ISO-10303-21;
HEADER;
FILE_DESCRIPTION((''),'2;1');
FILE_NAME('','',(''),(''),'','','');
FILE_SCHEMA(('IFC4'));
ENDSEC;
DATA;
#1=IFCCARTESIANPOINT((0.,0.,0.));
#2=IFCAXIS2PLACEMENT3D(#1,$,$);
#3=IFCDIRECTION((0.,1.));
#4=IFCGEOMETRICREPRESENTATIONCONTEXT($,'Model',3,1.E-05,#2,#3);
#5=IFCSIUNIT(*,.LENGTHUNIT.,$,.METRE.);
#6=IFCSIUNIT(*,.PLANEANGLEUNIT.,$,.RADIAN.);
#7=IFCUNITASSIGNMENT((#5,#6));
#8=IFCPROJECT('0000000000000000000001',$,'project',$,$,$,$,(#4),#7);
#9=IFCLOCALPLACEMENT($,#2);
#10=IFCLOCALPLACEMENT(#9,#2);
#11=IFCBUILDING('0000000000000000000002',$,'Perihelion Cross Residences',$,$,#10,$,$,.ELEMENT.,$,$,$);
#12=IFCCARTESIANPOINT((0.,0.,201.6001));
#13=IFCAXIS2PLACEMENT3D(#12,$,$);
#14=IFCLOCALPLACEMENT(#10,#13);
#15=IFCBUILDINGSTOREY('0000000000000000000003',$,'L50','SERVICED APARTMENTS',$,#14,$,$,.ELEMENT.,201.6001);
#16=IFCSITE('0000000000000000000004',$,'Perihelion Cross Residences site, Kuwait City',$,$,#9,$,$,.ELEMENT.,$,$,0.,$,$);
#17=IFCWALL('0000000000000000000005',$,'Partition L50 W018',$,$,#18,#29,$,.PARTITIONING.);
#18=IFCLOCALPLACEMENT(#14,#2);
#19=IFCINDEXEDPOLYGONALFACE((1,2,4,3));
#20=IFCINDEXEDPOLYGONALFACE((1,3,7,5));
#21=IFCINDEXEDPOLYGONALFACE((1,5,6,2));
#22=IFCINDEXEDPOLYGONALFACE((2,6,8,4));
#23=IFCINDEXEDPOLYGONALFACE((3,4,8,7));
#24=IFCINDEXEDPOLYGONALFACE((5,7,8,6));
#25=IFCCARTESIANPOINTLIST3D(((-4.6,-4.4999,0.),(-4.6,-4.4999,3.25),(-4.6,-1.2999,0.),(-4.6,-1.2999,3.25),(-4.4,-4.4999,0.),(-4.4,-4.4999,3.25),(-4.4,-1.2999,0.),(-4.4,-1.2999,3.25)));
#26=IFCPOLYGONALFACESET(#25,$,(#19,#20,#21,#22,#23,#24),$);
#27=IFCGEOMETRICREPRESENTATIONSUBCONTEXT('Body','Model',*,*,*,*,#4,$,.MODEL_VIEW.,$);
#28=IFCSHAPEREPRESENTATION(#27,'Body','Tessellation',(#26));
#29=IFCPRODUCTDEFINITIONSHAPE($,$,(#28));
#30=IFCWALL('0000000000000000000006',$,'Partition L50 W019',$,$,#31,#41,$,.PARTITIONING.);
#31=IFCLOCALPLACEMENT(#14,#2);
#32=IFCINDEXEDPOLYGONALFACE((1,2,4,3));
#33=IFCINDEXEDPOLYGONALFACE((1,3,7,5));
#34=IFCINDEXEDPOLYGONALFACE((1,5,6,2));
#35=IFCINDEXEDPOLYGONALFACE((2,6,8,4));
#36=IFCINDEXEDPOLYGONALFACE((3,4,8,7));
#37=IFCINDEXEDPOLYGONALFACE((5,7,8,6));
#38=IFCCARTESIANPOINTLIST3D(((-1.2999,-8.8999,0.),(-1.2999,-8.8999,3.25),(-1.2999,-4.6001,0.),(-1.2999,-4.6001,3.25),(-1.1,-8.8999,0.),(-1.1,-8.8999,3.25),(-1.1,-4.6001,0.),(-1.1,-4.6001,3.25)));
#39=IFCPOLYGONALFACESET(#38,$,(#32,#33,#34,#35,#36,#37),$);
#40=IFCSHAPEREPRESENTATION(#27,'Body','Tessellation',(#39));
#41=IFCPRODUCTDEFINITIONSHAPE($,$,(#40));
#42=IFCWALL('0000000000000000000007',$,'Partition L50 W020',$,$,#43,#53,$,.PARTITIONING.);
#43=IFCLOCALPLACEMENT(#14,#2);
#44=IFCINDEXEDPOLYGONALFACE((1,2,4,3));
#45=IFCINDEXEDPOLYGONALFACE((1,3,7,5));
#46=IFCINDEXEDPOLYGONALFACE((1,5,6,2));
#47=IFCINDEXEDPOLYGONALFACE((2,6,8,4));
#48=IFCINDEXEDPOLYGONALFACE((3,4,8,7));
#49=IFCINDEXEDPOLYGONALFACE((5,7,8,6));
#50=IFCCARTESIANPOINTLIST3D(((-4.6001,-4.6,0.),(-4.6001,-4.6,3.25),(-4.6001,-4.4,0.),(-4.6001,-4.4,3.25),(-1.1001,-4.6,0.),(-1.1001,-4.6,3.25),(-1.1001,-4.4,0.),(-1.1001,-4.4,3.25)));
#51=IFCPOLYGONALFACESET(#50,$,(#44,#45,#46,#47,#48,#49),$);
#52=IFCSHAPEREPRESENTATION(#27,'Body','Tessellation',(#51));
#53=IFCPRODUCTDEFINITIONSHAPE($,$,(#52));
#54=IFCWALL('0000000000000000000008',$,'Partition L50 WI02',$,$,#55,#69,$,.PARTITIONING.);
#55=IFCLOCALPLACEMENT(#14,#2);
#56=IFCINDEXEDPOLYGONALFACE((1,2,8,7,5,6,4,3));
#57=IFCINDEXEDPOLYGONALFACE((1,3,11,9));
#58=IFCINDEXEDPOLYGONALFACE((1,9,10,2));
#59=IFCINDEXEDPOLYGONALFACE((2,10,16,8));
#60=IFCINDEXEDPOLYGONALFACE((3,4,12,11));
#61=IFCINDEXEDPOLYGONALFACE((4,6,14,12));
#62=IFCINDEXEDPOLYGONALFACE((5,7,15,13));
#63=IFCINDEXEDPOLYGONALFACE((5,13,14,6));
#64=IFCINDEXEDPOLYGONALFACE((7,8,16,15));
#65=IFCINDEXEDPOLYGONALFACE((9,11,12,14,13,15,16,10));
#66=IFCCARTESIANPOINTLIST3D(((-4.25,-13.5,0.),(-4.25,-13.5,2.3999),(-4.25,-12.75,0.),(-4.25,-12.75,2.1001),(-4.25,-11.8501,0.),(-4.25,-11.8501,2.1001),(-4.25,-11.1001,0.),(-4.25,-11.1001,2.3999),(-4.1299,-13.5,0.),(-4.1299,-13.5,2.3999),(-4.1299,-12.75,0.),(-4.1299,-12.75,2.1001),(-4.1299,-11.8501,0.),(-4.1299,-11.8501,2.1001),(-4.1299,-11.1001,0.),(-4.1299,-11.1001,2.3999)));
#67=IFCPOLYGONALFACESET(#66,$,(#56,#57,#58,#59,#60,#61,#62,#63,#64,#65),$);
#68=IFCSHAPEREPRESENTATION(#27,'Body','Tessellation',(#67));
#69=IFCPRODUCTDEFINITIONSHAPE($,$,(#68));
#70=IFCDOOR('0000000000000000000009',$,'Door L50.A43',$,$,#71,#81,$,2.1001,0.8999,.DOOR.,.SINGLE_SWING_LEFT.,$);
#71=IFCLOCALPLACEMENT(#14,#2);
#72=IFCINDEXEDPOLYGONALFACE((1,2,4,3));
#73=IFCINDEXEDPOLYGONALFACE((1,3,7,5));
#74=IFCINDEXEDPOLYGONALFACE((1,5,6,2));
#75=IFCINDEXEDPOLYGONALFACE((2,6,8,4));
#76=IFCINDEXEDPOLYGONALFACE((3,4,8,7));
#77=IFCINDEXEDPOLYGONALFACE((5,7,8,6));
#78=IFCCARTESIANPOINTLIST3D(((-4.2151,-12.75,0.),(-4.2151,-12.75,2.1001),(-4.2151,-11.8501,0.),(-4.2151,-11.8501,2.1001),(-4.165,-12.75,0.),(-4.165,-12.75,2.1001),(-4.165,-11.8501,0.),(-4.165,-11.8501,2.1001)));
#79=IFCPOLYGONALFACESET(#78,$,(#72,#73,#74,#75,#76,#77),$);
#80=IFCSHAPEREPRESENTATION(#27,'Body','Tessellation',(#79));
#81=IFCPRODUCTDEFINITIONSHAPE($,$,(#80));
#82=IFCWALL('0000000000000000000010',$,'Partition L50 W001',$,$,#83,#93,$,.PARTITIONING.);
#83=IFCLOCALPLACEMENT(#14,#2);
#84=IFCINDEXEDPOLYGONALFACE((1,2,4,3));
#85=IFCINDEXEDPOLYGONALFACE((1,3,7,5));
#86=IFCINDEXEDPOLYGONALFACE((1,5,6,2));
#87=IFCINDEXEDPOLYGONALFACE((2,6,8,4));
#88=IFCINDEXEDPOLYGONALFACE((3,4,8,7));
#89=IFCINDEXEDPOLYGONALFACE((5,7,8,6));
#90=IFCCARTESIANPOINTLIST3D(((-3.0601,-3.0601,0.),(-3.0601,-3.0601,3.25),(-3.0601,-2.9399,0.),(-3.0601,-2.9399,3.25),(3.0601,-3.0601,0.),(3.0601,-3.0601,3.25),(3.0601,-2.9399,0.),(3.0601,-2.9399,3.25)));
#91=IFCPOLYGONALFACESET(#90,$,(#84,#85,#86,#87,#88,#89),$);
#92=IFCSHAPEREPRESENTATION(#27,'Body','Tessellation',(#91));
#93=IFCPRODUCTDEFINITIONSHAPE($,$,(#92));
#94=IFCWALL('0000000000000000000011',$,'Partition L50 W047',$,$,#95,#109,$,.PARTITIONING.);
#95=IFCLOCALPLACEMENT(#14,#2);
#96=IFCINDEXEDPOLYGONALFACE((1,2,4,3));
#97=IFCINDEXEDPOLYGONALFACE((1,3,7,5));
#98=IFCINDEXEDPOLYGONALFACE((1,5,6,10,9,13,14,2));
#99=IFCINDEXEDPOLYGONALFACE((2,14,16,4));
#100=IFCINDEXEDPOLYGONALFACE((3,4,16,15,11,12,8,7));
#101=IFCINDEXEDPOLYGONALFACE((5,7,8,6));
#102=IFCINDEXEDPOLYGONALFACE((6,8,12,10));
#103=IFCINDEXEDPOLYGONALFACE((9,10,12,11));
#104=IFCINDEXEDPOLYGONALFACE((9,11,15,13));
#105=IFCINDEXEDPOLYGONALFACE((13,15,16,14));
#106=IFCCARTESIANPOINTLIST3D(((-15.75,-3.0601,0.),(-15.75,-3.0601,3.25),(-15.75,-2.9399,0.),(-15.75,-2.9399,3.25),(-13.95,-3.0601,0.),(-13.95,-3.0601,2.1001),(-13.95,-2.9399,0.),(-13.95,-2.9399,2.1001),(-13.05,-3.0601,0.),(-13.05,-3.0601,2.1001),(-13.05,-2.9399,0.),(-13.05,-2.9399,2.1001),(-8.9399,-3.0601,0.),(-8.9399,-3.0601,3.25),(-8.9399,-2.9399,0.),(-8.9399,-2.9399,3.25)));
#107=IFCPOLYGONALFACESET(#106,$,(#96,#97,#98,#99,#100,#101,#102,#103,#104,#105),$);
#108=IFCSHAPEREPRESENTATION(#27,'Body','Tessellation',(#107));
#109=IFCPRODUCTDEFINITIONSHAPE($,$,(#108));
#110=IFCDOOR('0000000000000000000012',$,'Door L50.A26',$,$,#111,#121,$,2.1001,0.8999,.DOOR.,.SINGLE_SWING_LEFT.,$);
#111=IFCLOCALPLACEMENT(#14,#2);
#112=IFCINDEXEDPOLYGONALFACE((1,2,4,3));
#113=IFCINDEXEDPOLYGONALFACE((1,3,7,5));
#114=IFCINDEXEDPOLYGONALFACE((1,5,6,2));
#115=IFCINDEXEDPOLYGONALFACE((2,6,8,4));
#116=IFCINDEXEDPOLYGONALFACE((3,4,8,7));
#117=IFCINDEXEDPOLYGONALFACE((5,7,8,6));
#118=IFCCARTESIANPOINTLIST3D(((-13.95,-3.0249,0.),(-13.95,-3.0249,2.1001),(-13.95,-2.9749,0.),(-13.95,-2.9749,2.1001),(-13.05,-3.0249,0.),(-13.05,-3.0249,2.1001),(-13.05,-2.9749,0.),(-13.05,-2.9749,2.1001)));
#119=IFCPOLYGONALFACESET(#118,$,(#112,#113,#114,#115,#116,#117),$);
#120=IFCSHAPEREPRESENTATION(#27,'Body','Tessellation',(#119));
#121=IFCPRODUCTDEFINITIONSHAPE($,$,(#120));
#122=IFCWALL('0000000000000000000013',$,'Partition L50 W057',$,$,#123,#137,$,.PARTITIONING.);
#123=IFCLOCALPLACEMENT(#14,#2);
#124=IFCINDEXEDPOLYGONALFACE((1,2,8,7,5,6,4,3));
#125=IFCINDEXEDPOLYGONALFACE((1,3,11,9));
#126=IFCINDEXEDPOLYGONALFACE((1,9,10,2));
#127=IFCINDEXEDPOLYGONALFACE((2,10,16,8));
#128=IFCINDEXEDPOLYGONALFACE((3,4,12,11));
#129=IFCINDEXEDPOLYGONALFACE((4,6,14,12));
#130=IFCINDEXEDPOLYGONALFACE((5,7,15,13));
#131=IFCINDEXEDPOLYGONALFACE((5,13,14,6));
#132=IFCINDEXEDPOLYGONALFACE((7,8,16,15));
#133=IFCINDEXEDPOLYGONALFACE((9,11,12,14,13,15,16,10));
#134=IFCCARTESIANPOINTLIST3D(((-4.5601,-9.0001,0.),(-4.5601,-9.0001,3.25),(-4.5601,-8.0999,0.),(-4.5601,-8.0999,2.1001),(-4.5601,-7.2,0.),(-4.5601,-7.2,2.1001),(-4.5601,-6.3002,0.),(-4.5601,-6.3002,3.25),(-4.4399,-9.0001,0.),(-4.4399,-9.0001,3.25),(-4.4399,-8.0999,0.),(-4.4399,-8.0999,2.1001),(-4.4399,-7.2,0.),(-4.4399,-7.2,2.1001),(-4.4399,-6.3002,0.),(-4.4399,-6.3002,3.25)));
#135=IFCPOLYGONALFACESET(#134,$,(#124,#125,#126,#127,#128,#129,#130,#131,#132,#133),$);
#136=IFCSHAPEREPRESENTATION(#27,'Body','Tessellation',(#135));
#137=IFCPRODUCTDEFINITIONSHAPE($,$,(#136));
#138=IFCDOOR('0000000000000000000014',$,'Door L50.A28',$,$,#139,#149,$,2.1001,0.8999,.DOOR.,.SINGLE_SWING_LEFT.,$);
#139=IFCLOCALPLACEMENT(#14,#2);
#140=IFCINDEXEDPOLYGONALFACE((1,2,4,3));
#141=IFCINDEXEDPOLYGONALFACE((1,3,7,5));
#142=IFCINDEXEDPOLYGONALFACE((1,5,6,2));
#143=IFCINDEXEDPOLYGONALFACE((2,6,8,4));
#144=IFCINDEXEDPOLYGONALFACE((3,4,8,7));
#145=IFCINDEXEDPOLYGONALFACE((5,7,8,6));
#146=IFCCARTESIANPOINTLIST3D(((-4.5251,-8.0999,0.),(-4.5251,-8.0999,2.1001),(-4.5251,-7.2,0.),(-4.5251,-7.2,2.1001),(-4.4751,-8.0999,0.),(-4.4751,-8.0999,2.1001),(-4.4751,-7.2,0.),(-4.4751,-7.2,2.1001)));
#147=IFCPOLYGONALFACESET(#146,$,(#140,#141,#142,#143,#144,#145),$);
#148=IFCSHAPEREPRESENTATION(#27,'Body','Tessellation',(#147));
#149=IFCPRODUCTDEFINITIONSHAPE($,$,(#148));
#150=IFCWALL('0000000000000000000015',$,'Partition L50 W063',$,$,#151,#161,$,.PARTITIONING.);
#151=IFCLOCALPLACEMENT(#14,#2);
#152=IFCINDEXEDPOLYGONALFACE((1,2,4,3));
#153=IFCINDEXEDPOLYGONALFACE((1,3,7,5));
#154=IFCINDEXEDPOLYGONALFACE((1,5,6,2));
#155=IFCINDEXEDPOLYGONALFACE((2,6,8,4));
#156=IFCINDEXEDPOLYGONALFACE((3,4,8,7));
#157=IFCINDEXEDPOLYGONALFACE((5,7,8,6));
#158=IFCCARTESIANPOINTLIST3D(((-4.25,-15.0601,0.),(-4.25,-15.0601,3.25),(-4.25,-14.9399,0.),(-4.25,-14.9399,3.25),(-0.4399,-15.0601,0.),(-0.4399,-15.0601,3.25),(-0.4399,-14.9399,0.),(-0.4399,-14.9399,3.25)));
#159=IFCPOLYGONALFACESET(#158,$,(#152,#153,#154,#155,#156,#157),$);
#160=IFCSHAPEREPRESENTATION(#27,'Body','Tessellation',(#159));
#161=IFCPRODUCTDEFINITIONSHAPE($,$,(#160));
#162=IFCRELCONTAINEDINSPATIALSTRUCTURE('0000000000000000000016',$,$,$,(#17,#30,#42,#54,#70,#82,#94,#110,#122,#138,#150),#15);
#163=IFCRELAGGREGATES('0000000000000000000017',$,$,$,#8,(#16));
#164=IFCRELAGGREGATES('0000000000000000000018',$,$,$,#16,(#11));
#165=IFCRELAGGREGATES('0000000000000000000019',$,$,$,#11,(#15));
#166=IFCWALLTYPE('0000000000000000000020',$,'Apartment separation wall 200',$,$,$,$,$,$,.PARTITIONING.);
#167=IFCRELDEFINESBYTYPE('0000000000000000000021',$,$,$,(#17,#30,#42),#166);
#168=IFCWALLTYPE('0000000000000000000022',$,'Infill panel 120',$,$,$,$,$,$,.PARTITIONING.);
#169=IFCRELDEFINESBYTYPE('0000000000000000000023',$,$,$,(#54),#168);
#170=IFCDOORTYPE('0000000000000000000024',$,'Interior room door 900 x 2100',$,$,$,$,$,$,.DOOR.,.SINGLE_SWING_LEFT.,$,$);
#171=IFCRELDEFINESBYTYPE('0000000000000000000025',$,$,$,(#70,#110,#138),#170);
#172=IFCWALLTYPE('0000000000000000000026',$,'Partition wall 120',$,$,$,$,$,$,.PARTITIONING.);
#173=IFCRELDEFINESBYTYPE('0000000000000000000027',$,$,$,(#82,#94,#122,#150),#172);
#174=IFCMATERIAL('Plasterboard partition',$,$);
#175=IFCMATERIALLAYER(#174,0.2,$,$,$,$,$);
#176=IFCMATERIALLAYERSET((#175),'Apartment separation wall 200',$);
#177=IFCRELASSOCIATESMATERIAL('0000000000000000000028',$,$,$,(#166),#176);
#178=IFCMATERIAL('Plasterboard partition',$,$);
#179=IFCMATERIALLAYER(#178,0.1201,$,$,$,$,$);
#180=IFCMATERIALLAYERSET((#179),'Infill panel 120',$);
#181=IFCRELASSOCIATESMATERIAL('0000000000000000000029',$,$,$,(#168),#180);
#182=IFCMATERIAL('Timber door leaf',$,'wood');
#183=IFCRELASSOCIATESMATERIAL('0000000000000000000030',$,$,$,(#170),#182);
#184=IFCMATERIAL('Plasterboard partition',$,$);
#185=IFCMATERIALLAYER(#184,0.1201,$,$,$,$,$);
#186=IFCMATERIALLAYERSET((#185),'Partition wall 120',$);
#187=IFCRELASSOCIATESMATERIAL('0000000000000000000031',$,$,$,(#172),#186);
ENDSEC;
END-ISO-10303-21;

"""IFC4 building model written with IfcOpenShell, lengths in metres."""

from ifc_helpers import new_model, si_unit, direction, frame, frame_2d, origin, place, context, subcontext, project, spatial, rectangle, extrude, material, layer, layer_set, type_object, element, fill, save


model = new_model("IFC4")

# Units and contexts
model_context = context("Model", 3, precision=1e-05, world=origin(), true_north=direction((0.0, 1.0)))
body_context = subcontext(model_context, "Body", "Model", "MODEL_VIEW")
ifc_project = project(units=[si_unit("LENGTHUNIT", "METRE"), si_unit("PLANEANGLEUNIT", "RADIAN")], contexts=[model_context])

# Site, building, storey
site_placement = place(None, origin())
site = spatial("IfcSite", under=ifc_project, at=site_placement, Name="Perihelion Cross Residences site, Kuwait City", CompositionType="ELEMENT", RefElevation=0.0)
building_placement = place(site_placement, origin())
building = spatial("IfcBuilding", under=site, at=building_placement, Name="Perihelion Cross Residences", CompositionType="ELEMENT")
storey_placement = place(building_placement, frame((0.0, 0.0, 201.6001)))
storey = spatial("IfcBuildingStorey", under=building, at=storey_placement, Name="L50", Description="SERVICED APARTMENTS", CompositionType="ELEMENT", Elevation=201.6001)

# Walls
ifc_material_1 = material(Name="Plasterboard partition")
ifc_layer_1 = layer(ifc_material_1, 0.2)
ifc_layer_set_1 = layer_set([ifc_layer_1], Name="Apartment separation wall 200")
wall_type_1 = type_object("IfcWallType", Name="Apartment separation wall 200", PredefinedType="PARTITIONING", material=ifc_layer_set_1)
wall_1_placement = place(storey_placement, frame((-4.5, -4.5, 0.0), z_axis=(0.0, 0.0, 1.0), x_axis=(0.0, 1.0, 0.0)))
element("IfcWall", 1, at=wall_1_placement, inside=storey, type_object=wall_type_1, Name="Partition L50 W018", PredefinedType="PARTITIONING", context=body_context, shape_type="SweptSolid", body=[
    extrude(rectangle(XDim=3.2, YDim=0.2, at=frame_2d((1.6001, 0.0))), origin(), (0.0, 0.0, 1.0), 3.25),
])
wall_2_placement = place(storey_placement, frame((-1.2, -8.8999, 0.0), z_axis=(0.0, 0.0, 1.0), x_axis=(0.0, 1.0, 0.0)))
element("IfcWall", 2, at=wall_2_placement, inside=storey, type_object=wall_type_1, Name="Partition L50 W019", PredefinedType="PARTITIONING", context=body_context, shape_type="SweptSolid", body=[
    extrude(rectangle(XDim=4.2998, YDim=0.2, at=frame_2d((2.1499, 0.0))), origin(), (0.0, 0.0, 1.0), 3.25),
])
wall_3_placement = place(storey_placement, frame((-1.1001, -4.5, 0.0), z_axis=(0.0, 0.0, 1.0), x_axis=(-1.0, 0.0, 0.0)))
element("IfcWall", 3, at=wall_3_placement, inside=storey, type_object=wall_type_1, Name="Partition L50 W020", PredefinedType="PARTITIONING", context=body_context, shape_type="SweptSolid", body=[
    extrude(rectangle(XDim=3.5, YDim=0.2, at=frame_2d((1.75, 0.0))), origin(), (0.0, 0.0, 1.0), 3.25),
])

# Wall, opening, door
ifc_material_2 = material(Name="Plasterboard partition")
ifc_layer_2 = layer(ifc_material_2, 0.1201)
ifc_layer_set_2 = layer_set([ifc_layer_2], Name="Infill panel 120")
wall_type_2 = type_object("IfcWallType", Name="Infill panel 120", PredefinedType="PARTITIONING", material=ifc_layer_set_2)
wall_4_placement = place(storey_placement, frame((-4.1899, -11.1001, 0.0), z_axis=(0.0, 0.0, 1.0), x_axis=(0.0, -1.0, 0.0)))
wall_4 = element("IfcWall", 4, at=wall_4_placement, inside=storey, type_object=wall_type_2, Name="Partition L50 WI02", PredefinedType="PARTITIONING", context=body_context, shape_type="SweptSolid", body=[
    extrude(rectangle(XDim=2.3999, YDim=0.1201, at=frame_2d((1.2, 0.0))), origin(), (0.0, 0.0, 1.0), 2.3999),
])
opening_1_placement = place(wall_4_placement, frame((0.75, 0.0, 0.0)))
opening_1 = element("IfcOpeningElement", 5, at=opening_1_placement, cuts=wall_4, PredefinedType="OPENING", context=body_context, shape_type="SweptSolid", body=[
    extrude(rectangle(XDim=0.8999, YDim=2.1001, at=frame_2d((0.45, 1.05))), frame((0.0, 0.0701, 0.0), z_axis=(0.0, -1.0, 0.0), x_axis=(1.0, 0.0, 0.0)), (0.0, 0.0, 1.0), 0.1401),
])
ifc_material_3 = material(Name="Timber door leaf", Category="wood")
door_type_1 = type_object("IfcDoorType", Name="Interior room door 900 x 2100", OperationType="SINGLE_SWING_LEFT", PredefinedType="DOOR", material=ifc_material_3)
door_1_placement = place(opening_1_placement, origin())
door_1 = element("IfcDoor", 6, at=door_1_placement, inside=storey, type_object=door_type_1, Name="Door L50.A43", OperationType="SINGLE_SWING_LEFT", OverallHeight=2.1001, OverallWidth=0.8999, PredefinedType="DOOR", context=body_context, shape_type="SweptSolid", body=[
    extrude(rectangle(XDim=0.8999, YDim=2.1001, at=frame_2d((0.45, 1.05))), frame((0.0, 0.0249, 0.0), z_axis=(0.0, -1.0, 0.0), x_axis=(1.0, 0.0, 0.0)), (0.0, 0.0, 1.0), 0.05),
])
fill(opening_1, door_1)

# Wall
ifc_material_4 = material(Name="Plasterboard partition")
ifc_layer_3 = layer(ifc_material_4, 0.1201)
ifc_layer_set_3 = layer_set([ifc_layer_3], Name="Partition wall 120")
wall_type_3 = type_object("IfcWallType", Name="Partition wall 120", PredefinedType="PARTITIONING", material=ifc_layer_set_3)
wall_5_placement = place(storey_placement, frame((-3.0601, -3.0, 0.0), z_axis=(0.0, 0.0, 1.0), x_axis=(1.0, 0.0, 0.0)))
element("IfcWall", 7, at=wall_5_placement, inside=storey, type_object=wall_type_3, Name="Partition L50 W001", PredefinedType="PARTITIONING", context=body_context, shape_type="SweptSolid", body=[
    extrude(rectangle(XDim=6.1201, YDim=0.1201, at=frame_2d((3.0601, 0.0))), origin(), (0.0, 0.0, 1.0), 3.25),
])

# Walls, openings, doors
wall_6_placement = place(storey_placement, frame((-8.9399, -3.0, 0.0), z_axis=(0.0, 0.0, 1.0), x_axis=(-1.0, 0.0, 0.0)))
wall_6 = element("IfcWall", 8, at=wall_6_placement, inside=storey, type_object=wall_type_3, Name="Partition L50 W047", PredefinedType="PARTITIONING", context=body_context, shape_type="SweptSolid", body=[
    extrude(rectangle(XDim=6.8101, YDim=0.1201, at=frame_2d((3.405, 0.0))), origin(), (0.0, 0.0, 1.0), 3.25),
])
opening_2_placement = place(wall_6_placement, frame((4.1101, 0.0, 0.0)))
opening_2 = element("IfcOpeningElement", 9, at=opening_2_placement, cuts=wall_6, PredefinedType="OPENING", context=body_context, shape_type="SweptSolid", body=[
    extrude(rectangle(XDim=0.8999, YDim=2.1001, at=frame_2d((0.45, 1.05))), frame((0.0, 0.0701, 0.0), z_axis=(0.0, -1.0, 0.0), x_axis=(1.0, 0.0, 0.0)), (0.0, 0.0, 1.0), 0.1401),
])
door_2_placement = place(opening_2_placement, origin())
door_2 = element("IfcDoor", 10, at=door_2_placement, inside=storey, type_object=door_type_1, Name="Door L50.A26", OperationType="SINGLE_SWING_LEFT", OverallHeight=2.1001, OverallWidth=0.8999, PredefinedType="DOOR", context=body_context, shape_type="SweptSolid", body=[
    extrude(rectangle(XDim=0.8999, YDim=2.1001, at=frame_2d((0.45, 1.05))), frame((0.0, 0.0249, 0.0), z_axis=(0.0, -1.0, 0.0), x_axis=(1.0, 0.0, 0.0)), (0.0, 0.0, 1.0), 0.05),
])
fill(opening_2, door_2)
wall_7_placement = place(storey_placement, frame((-4.5, -6.3, 0.0), z_axis=(0.0, 0.0, 1.0), x_axis=(0.0, -1.0, 0.0)))
wall_7 = element("IfcWall", 11, at=wall_7_placement, inside=storey, type_object=wall_type_3, Name="Partition L50 W057", PredefinedType="PARTITIONING", context=body_context, shape_type="SweptSolid", body=[
    extrude(rectangle(XDim=2.7, YDim=0.1201, at=frame_2d((1.3501, 0.0))), origin(), (0.0, 0.0, 1.0), 3.25),
])
opening_3_placement = place(wall_7_placement, frame((0.8999, 0.0, 0.0)))
opening_3 = element("IfcOpeningElement", 12, at=opening_3_placement, cuts=wall_7, PredefinedType="OPENING", context=body_context, shape_type="SweptSolid", body=[
    extrude(rectangle(XDim=0.8999, YDim=2.1001, at=frame_2d((0.45, 1.05))), frame((0.0, 0.0701, 0.0), z_axis=(0.0, -1.0, 0.0), x_axis=(1.0, 0.0, 0.0)), (0.0, 0.0, 1.0), 0.1401),
])
door_3_placement = place(opening_3_placement, origin())
door_3 = element("IfcDoor", 13, at=door_3_placement, inside=storey, type_object=door_type_1, Name="Door L50.A28", OperationType="SINGLE_SWING_LEFT", OverallHeight=2.1001, OverallWidth=0.8999, PredefinedType="DOOR", context=body_context, shape_type="SweptSolid", body=[
    extrude(rectangle(XDim=0.8999, YDim=2.1001, at=frame_2d((0.45, 1.05))), frame((0.0, 0.0249, 0.0), z_axis=(0.0, -1.0, 0.0), x_axis=(1.0, 0.0, 0.0)), (0.0, 0.0, 1.0), 0.05),
])
fill(opening_3, door_3)

# Wall
wall_8_placement = place(storey_placement, frame((-0.4399, -15.0, 0.0), z_axis=(0.0, 0.0, 1.0), x_axis=(-1.0, 0.0, 0.0)))
element("IfcWall", 14, at=wall_8_placement, inside=storey, type_object=wall_type_3, Name="Partition L50 W063", PredefinedType="PARTITIONING", context=body_context, shape_type="SweptSolid", body=[
    extrude(rectangle(XDim=3.8101, YDim=0.1201, at=frame_2d((1.905, 0.0))), origin(), (0.0, 0.0, 1.0), 3.25),
])

save(model, "model.ifc")
